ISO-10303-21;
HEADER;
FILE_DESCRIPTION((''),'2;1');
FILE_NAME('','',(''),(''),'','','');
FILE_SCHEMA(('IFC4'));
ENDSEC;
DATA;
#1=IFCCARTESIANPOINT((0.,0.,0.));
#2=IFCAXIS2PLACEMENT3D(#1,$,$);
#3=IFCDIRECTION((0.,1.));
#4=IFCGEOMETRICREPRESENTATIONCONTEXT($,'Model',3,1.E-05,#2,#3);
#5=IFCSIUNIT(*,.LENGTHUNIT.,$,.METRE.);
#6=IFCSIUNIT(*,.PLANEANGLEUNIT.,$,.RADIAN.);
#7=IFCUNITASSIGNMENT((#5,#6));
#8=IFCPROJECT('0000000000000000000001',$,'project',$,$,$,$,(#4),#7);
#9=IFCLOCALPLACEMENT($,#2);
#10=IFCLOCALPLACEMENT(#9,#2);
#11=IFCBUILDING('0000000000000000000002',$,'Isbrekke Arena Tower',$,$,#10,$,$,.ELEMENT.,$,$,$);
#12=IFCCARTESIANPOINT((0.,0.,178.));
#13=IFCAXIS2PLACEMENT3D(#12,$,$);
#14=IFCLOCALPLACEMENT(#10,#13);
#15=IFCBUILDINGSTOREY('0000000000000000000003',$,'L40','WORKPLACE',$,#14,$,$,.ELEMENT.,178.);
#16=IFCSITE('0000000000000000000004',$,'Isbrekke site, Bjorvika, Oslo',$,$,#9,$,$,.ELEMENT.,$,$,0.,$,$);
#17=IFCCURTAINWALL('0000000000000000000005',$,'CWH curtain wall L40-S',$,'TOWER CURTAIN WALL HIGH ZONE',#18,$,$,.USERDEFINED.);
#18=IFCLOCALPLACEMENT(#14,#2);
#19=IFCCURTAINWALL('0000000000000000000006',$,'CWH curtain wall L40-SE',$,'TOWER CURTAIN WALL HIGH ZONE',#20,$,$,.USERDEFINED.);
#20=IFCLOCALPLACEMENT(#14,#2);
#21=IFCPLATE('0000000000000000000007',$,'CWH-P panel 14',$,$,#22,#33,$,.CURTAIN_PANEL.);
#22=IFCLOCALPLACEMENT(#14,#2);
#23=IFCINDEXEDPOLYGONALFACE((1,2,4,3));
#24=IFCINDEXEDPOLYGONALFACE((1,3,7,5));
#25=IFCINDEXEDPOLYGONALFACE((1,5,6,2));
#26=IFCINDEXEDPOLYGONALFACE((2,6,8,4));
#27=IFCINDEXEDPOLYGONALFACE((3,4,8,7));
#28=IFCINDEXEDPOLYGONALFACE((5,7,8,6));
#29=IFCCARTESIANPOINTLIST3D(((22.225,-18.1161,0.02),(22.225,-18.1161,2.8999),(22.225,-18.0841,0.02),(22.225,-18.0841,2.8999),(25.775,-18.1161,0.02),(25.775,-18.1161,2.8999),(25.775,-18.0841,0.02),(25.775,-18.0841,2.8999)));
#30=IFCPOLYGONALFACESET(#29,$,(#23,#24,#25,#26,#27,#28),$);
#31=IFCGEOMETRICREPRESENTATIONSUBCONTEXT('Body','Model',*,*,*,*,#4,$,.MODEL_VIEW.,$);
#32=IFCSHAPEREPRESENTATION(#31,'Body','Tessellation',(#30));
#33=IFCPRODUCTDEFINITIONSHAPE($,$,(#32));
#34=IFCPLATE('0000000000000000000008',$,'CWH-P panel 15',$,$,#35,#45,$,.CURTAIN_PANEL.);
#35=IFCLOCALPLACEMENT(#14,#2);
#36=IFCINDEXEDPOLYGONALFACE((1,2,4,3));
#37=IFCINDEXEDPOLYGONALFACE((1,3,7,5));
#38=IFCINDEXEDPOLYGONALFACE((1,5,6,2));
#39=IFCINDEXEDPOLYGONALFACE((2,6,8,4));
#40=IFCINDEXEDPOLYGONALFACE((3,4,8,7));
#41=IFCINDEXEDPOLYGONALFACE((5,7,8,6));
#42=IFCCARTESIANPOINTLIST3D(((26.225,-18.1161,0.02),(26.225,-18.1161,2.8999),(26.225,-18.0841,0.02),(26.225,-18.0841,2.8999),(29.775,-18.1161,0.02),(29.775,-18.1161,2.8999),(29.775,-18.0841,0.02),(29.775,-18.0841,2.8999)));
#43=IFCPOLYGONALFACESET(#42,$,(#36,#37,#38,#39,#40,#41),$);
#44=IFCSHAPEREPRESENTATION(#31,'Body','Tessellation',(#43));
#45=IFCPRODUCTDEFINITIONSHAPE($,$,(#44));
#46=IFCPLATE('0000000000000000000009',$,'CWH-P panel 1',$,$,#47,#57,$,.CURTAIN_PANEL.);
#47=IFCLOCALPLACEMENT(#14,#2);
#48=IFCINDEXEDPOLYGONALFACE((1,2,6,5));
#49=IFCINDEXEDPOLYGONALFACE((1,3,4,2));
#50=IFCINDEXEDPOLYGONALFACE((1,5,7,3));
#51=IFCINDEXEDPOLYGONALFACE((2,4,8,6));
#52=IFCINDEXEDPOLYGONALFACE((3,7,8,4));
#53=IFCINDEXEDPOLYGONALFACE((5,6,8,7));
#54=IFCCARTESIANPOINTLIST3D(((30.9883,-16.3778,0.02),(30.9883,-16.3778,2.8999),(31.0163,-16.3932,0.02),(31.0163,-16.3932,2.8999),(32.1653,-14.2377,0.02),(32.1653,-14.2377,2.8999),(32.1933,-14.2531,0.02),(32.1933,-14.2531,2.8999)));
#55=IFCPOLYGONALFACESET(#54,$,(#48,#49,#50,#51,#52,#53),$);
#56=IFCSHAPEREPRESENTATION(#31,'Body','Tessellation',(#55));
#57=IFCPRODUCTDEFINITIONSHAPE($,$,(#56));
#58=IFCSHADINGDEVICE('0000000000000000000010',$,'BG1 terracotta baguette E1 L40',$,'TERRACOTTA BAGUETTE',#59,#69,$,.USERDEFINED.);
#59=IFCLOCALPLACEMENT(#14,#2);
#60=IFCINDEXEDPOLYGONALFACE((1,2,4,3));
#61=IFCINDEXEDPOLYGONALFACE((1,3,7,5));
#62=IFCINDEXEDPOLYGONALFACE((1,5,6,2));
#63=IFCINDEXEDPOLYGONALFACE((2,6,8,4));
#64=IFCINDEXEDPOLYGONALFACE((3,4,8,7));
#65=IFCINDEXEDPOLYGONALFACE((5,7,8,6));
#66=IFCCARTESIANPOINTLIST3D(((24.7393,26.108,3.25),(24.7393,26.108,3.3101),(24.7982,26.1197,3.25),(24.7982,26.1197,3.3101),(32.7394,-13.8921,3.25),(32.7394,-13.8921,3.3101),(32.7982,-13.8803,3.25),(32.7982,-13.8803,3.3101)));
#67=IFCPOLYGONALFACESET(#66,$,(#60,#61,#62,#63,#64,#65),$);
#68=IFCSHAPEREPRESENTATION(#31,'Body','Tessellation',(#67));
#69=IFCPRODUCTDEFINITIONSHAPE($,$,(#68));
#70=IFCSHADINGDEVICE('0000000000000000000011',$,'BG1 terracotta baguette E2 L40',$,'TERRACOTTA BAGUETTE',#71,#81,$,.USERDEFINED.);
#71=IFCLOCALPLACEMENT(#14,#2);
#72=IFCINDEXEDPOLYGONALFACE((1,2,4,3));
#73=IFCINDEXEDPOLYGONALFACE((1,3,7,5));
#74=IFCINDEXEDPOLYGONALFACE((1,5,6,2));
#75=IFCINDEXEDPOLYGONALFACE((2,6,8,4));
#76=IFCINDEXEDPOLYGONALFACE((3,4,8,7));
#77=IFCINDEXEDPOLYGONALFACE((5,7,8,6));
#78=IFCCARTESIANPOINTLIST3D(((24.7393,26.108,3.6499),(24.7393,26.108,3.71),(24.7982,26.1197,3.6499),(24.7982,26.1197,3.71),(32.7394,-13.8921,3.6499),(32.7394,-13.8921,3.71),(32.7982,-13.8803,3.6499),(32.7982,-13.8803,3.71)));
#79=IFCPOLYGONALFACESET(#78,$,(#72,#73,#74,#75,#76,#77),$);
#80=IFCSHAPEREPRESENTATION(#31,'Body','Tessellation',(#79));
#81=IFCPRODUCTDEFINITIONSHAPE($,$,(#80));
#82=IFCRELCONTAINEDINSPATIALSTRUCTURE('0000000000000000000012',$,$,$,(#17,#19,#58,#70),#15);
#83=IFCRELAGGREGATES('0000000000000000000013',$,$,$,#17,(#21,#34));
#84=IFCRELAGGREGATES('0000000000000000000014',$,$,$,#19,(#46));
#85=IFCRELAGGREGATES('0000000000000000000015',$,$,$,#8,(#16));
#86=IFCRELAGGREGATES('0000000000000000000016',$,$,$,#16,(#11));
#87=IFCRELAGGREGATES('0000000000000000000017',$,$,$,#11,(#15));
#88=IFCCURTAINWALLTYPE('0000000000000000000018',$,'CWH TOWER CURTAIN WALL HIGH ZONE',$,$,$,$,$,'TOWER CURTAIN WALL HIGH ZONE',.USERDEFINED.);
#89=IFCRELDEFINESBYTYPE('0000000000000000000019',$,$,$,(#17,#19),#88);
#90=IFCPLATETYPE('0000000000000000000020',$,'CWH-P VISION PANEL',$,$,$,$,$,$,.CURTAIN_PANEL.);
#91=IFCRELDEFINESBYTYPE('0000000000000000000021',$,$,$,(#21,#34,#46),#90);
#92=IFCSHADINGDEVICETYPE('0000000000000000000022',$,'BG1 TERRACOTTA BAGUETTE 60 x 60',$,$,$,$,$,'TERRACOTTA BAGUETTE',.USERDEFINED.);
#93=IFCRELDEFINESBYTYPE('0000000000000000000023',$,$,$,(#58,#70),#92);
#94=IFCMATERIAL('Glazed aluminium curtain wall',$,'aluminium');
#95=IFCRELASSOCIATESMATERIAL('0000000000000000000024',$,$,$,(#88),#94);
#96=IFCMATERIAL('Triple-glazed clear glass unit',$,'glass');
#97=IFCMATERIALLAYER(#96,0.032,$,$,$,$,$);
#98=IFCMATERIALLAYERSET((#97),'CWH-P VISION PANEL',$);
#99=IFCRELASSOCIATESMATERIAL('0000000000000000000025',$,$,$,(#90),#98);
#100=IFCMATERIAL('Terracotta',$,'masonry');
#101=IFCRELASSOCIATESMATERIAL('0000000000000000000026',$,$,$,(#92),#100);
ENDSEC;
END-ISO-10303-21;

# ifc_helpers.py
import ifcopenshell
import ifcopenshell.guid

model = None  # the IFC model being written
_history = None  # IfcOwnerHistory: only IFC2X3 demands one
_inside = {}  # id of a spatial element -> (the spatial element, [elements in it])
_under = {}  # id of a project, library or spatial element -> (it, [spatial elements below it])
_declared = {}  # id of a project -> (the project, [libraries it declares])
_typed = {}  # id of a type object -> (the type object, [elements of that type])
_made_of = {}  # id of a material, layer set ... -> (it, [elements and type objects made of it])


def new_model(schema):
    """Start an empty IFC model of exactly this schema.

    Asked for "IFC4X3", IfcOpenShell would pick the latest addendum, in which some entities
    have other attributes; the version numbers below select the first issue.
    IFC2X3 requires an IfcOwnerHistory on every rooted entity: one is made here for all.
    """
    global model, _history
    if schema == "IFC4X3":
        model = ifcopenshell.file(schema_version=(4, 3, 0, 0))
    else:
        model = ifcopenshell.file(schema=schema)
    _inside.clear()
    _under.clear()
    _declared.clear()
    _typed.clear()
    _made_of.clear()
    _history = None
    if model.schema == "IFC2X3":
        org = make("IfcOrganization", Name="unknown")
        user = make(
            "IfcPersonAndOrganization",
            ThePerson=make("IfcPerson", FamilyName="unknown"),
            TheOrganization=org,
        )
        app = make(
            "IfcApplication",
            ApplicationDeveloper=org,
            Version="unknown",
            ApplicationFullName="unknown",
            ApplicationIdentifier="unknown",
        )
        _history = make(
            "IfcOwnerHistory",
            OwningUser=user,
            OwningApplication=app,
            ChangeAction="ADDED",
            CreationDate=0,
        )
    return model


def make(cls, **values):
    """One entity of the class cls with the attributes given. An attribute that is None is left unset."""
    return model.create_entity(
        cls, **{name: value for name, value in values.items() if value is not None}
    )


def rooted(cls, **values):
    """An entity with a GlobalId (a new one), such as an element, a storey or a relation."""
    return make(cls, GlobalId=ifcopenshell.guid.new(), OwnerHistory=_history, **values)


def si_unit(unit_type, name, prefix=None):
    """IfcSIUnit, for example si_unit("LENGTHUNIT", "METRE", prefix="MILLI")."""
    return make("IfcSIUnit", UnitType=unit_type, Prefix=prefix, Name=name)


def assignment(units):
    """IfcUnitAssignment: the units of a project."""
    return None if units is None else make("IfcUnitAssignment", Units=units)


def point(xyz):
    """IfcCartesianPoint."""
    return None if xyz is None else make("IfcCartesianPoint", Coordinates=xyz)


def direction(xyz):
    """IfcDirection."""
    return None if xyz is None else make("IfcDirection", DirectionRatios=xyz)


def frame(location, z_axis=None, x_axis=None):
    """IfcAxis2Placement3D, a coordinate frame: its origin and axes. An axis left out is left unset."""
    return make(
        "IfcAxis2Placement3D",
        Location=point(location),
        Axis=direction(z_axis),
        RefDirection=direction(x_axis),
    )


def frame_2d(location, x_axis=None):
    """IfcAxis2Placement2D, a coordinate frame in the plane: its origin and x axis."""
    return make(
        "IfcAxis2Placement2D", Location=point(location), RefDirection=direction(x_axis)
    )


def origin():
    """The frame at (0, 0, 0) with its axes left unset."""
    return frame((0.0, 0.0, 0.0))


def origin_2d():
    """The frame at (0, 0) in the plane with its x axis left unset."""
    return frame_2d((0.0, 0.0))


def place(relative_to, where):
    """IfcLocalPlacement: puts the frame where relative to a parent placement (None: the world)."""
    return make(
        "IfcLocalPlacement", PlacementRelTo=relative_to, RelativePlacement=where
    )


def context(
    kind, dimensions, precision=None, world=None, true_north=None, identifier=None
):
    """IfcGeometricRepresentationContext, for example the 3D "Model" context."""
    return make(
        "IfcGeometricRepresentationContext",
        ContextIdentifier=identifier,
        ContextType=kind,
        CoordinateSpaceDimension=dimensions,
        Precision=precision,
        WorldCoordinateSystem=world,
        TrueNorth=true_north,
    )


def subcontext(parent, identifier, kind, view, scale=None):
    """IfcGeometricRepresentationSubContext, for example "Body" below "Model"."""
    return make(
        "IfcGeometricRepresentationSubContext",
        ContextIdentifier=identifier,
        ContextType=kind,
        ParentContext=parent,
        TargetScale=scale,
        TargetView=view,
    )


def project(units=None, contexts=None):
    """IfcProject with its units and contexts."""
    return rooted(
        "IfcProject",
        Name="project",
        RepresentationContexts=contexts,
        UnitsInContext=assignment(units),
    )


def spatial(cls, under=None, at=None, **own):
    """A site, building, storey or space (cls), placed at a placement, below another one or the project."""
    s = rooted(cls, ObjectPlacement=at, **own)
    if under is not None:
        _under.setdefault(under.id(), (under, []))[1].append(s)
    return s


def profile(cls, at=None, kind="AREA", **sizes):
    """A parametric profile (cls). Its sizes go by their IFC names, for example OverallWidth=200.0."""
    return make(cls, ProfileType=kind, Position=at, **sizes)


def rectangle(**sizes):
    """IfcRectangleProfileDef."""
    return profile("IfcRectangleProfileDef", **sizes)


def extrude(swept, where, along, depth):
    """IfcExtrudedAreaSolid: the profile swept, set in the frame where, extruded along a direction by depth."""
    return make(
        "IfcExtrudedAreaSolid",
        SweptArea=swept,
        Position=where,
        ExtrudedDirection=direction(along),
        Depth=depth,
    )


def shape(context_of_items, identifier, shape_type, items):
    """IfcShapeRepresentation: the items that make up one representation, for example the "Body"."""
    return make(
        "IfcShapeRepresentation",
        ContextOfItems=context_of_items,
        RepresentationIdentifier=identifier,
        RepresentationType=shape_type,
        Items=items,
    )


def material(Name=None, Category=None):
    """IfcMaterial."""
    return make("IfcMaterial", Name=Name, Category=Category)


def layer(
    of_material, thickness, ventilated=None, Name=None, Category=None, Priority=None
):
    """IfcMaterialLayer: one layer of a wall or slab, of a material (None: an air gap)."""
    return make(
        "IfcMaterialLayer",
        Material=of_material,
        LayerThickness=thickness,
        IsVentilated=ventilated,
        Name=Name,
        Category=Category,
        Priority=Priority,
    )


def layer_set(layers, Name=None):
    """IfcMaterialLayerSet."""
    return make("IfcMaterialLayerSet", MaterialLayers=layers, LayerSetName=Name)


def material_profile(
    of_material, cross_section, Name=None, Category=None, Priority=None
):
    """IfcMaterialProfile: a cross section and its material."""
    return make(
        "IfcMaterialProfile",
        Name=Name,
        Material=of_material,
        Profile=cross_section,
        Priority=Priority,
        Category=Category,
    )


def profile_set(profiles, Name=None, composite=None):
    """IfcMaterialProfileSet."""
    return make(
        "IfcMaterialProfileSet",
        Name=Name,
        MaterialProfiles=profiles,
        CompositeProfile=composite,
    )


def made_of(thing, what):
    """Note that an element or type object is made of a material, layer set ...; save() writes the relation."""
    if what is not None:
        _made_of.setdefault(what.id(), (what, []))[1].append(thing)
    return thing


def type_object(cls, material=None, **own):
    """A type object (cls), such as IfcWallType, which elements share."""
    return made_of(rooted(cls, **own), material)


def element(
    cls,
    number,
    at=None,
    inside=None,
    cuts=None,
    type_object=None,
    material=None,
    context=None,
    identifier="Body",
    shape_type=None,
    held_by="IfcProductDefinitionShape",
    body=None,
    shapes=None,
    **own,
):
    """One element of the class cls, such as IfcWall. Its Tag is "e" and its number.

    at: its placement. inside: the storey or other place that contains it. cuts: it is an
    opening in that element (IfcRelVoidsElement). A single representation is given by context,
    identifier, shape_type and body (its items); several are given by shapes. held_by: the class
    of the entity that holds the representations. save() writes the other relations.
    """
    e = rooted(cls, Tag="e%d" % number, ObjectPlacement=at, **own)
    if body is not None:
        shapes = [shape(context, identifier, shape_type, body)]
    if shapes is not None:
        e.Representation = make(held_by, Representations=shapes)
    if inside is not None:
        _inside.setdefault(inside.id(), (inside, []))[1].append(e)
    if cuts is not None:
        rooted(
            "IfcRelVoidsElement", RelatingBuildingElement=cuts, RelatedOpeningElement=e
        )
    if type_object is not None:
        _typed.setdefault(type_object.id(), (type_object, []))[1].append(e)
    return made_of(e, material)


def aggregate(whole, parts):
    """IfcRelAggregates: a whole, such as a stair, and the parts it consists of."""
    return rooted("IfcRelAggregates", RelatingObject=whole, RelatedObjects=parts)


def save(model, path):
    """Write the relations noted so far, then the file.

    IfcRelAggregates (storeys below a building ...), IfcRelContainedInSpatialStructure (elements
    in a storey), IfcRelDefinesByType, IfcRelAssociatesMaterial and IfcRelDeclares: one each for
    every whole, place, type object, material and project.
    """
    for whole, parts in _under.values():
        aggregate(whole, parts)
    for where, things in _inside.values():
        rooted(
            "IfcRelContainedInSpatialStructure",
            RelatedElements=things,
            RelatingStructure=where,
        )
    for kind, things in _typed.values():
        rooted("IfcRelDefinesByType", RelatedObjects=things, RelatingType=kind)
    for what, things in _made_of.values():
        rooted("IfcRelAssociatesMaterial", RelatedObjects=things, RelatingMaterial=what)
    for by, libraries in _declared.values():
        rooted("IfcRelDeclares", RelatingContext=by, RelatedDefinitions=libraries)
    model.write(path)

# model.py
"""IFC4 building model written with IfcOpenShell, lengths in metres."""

from ifc_helpers import new_model, si_unit, direction, frame, origin, origin_2d, place, context, subcontext, project, spatial, rectangle, extrude, material, layer, layer_set, material_profile, profile_set, type_object, element, aggregate, save


model = new_model("IFC4")

# Units and contexts
model_context = context("Model", 3, precision=1e-05, world=origin(), true_north=direction((0.0, 1.0)))
body_context = subcontext(model_context, "Body", "Model", "MODEL_VIEW")
ifc_project = project(units=[si_unit("LENGTHUNIT", "METRE"), si_unit("PLANEANGLEUNIT", "RADIAN")], contexts=[model_context])

# Site, building, storey
site_placement = place(None, origin())
site = spatial("IfcSite", under=ifc_project, at=site_placement, Name="Isbrekke site, Bjorvika, Oslo", CompositionType="ELEMENT", RefElevation=0.0)
building_placement = place(site_placement, origin())
building = spatial("IfcBuilding", under=site, at=building_placement, Name="Isbrekke Arena Tower", CompositionType="ELEMENT")
storey_placement = place(building_placement, frame((0.0, 0.0, 178.0)))
storey = spatial("IfcBuildingStorey", under=building, at=storey_placement, Name="L40", Description="WORKPLACE", CompositionType="ELEMENT", Elevation=178.0)

# Curtain walls
ifc_material_1 = material(Name="Glazed aluminium curtain wall", Category="aluminium")
curtain_wall_type = type_object("IfcCurtainWallType", Name="CWH TOWER CURTAIN WALL HIGH ZONE", ElementType="TOWER CURTAIN WALL HIGH ZONE", PredefinedType="USERDEFINED", material=ifc_material_1)
curtain_wall_1_placement = place(storey_placement, origin())
curtain_wall_1 = element("IfcCurtainWall", 1, at=curtain_wall_1_placement, inside=storey, type_object=curtain_wall_type, Name="CWH curtain wall L40-S", ObjectType="TOWER CURTAIN WALL HIGH ZONE", PredefinedType="USERDEFINED")
curtain_wall_2_placement = place(storey_placement, origin())
curtain_wall_2 = element("IfcCurtainWall", 2, at=curtain_wall_2_placement, inside=storey, type_object=curtain_wall_type, Name="CWH curtain wall L40-SE", ObjectType="TOWER CURTAIN WALL HIGH ZONE", PredefinedType="USERDEFINED")

# Plates
ifc_material_2 = material(Name="Triple-glazed clear glass unit", Category="glass")
ifc_layer = layer(ifc_material_2, 0.032)
ifc_layer_set = layer_set([ifc_layer], Name="CWH-P VISION PANEL")
plate_type = type_object("IfcPlateType", Name="CWH-P VISION PANEL", PredefinedType="CURTAIN_PANEL", material=ifc_layer_set)
plate_1_placement = place(storey_placement, frame((24.0, -18.1001, 0.02), z_axis=(0.0, 0.0, 1.0), x_axis=(1.0, 0.0, 0.0)))
plate_1 = element("IfcPlate", 3, at=plate_1_placement, type_object=plate_type, Name="CWH-P panel 14", PredefinedType="CURTAIN_PANEL", context=body_context, shape_type="SweptSolid", body=[
    extrude(rectangle(XDim=3.55, YDim=0.032, at=origin_2d()), origin(), (0.0, 0.0, 1.0), 2.8799),
])
plate_2_placement = place(storey_placement, frame((28.0, -18.1001, 0.02), z_axis=(0.0, 0.0, 1.0), x_axis=(1.0, 0.0, 0.0)))
plate_2 = element("IfcPlate", 4, at=plate_2_placement, type_object=plate_type, Name="CWH-P panel 15", PredefinedType="CURTAIN_PANEL", context=body_context, shape_type="SweptSolid", body=[
    extrude(rectangle(XDim=3.55, YDim=0.032, at=origin_2d()), origin(), (0.0, 0.0, 1.0), 2.8799),
])
aggregate(curtain_wall_1, [plate_1, plate_2])
plate_3_placement = place(storey_placement, frame((31.5908, -15.3154, 0.02), z_axis=(0.0, 0.0, 1.0), x_axis=(0.481919, 0.876216, 0.0)))
plate_3 = element("IfcPlate", 5, at=plate_3_placement, type_object=plate_type, Name="CWH-P panel 1", PredefinedType="CURTAIN_PANEL", context=body_context, shape_type="SweptSolid", body=[
    extrude(rectangle(XDim=2.4424, YDim=0.032, at=origin_2d()), origin(), (0.0, 0.0, 1.0), 2.8799),
])
aggregate(curtain_wall_2, [plate_3])

# Shading devices
ifc_material_3 = material(Name="Terracotta", Category="masonry")
ifc_material_profile_1 = material_profile(ifc_material_3, rectangle(XDim=0.0601, YDim=0.0601, at=origin_2d()), Name="BAGUETTE 60X60")
ifc_profile_set_1 = profile_set([ifc_material_profile_1], Name="Terracotta")
shading_device_type = type_object("IfcShadingDeviceType", Name="BG1 TERRACOTTA BAGUETTE 60 x 60", ElementType="TERRACOTTA BAGUETTE", PredefinedType="USERDEFINED", material=ifc_profile_set_1)
for number, where, z_axis, x_axis, name in (
    (6, (32.7688, -13.8862, 3.28), (-0.196116, 0.980581, 0.0), (-0.980581, -0.196116, 0.0), "BG1 terracotta baguette E1 L40"),
    (7, (32.7688, -13.8862, 3.6799), (-0.196116, 0.980581, 0.0), (-0.980581, -0.196116, 0.0), "BG1 terracotta baguette E2 L40"),
):
    element("IfcShadingDevice", number, at=place(storey_placement, frame(where, z_axis=z_axis, x_axis=x_axis)), inside=storey, type_object=shading_device_type, Name=name, ObjectType="TERRACOTTA BAGUETTE", PredefinedType="USERDEFINED", context=body_context, shape_type="SweptSolid", body=[
        extrude(rectangle(XDim=0.0601, YDim=0.0601, at=origin_2d()), origin(), (0.0, 0.0, 1.0), 40.7922),
    ])

save(model, "model.ifc")
